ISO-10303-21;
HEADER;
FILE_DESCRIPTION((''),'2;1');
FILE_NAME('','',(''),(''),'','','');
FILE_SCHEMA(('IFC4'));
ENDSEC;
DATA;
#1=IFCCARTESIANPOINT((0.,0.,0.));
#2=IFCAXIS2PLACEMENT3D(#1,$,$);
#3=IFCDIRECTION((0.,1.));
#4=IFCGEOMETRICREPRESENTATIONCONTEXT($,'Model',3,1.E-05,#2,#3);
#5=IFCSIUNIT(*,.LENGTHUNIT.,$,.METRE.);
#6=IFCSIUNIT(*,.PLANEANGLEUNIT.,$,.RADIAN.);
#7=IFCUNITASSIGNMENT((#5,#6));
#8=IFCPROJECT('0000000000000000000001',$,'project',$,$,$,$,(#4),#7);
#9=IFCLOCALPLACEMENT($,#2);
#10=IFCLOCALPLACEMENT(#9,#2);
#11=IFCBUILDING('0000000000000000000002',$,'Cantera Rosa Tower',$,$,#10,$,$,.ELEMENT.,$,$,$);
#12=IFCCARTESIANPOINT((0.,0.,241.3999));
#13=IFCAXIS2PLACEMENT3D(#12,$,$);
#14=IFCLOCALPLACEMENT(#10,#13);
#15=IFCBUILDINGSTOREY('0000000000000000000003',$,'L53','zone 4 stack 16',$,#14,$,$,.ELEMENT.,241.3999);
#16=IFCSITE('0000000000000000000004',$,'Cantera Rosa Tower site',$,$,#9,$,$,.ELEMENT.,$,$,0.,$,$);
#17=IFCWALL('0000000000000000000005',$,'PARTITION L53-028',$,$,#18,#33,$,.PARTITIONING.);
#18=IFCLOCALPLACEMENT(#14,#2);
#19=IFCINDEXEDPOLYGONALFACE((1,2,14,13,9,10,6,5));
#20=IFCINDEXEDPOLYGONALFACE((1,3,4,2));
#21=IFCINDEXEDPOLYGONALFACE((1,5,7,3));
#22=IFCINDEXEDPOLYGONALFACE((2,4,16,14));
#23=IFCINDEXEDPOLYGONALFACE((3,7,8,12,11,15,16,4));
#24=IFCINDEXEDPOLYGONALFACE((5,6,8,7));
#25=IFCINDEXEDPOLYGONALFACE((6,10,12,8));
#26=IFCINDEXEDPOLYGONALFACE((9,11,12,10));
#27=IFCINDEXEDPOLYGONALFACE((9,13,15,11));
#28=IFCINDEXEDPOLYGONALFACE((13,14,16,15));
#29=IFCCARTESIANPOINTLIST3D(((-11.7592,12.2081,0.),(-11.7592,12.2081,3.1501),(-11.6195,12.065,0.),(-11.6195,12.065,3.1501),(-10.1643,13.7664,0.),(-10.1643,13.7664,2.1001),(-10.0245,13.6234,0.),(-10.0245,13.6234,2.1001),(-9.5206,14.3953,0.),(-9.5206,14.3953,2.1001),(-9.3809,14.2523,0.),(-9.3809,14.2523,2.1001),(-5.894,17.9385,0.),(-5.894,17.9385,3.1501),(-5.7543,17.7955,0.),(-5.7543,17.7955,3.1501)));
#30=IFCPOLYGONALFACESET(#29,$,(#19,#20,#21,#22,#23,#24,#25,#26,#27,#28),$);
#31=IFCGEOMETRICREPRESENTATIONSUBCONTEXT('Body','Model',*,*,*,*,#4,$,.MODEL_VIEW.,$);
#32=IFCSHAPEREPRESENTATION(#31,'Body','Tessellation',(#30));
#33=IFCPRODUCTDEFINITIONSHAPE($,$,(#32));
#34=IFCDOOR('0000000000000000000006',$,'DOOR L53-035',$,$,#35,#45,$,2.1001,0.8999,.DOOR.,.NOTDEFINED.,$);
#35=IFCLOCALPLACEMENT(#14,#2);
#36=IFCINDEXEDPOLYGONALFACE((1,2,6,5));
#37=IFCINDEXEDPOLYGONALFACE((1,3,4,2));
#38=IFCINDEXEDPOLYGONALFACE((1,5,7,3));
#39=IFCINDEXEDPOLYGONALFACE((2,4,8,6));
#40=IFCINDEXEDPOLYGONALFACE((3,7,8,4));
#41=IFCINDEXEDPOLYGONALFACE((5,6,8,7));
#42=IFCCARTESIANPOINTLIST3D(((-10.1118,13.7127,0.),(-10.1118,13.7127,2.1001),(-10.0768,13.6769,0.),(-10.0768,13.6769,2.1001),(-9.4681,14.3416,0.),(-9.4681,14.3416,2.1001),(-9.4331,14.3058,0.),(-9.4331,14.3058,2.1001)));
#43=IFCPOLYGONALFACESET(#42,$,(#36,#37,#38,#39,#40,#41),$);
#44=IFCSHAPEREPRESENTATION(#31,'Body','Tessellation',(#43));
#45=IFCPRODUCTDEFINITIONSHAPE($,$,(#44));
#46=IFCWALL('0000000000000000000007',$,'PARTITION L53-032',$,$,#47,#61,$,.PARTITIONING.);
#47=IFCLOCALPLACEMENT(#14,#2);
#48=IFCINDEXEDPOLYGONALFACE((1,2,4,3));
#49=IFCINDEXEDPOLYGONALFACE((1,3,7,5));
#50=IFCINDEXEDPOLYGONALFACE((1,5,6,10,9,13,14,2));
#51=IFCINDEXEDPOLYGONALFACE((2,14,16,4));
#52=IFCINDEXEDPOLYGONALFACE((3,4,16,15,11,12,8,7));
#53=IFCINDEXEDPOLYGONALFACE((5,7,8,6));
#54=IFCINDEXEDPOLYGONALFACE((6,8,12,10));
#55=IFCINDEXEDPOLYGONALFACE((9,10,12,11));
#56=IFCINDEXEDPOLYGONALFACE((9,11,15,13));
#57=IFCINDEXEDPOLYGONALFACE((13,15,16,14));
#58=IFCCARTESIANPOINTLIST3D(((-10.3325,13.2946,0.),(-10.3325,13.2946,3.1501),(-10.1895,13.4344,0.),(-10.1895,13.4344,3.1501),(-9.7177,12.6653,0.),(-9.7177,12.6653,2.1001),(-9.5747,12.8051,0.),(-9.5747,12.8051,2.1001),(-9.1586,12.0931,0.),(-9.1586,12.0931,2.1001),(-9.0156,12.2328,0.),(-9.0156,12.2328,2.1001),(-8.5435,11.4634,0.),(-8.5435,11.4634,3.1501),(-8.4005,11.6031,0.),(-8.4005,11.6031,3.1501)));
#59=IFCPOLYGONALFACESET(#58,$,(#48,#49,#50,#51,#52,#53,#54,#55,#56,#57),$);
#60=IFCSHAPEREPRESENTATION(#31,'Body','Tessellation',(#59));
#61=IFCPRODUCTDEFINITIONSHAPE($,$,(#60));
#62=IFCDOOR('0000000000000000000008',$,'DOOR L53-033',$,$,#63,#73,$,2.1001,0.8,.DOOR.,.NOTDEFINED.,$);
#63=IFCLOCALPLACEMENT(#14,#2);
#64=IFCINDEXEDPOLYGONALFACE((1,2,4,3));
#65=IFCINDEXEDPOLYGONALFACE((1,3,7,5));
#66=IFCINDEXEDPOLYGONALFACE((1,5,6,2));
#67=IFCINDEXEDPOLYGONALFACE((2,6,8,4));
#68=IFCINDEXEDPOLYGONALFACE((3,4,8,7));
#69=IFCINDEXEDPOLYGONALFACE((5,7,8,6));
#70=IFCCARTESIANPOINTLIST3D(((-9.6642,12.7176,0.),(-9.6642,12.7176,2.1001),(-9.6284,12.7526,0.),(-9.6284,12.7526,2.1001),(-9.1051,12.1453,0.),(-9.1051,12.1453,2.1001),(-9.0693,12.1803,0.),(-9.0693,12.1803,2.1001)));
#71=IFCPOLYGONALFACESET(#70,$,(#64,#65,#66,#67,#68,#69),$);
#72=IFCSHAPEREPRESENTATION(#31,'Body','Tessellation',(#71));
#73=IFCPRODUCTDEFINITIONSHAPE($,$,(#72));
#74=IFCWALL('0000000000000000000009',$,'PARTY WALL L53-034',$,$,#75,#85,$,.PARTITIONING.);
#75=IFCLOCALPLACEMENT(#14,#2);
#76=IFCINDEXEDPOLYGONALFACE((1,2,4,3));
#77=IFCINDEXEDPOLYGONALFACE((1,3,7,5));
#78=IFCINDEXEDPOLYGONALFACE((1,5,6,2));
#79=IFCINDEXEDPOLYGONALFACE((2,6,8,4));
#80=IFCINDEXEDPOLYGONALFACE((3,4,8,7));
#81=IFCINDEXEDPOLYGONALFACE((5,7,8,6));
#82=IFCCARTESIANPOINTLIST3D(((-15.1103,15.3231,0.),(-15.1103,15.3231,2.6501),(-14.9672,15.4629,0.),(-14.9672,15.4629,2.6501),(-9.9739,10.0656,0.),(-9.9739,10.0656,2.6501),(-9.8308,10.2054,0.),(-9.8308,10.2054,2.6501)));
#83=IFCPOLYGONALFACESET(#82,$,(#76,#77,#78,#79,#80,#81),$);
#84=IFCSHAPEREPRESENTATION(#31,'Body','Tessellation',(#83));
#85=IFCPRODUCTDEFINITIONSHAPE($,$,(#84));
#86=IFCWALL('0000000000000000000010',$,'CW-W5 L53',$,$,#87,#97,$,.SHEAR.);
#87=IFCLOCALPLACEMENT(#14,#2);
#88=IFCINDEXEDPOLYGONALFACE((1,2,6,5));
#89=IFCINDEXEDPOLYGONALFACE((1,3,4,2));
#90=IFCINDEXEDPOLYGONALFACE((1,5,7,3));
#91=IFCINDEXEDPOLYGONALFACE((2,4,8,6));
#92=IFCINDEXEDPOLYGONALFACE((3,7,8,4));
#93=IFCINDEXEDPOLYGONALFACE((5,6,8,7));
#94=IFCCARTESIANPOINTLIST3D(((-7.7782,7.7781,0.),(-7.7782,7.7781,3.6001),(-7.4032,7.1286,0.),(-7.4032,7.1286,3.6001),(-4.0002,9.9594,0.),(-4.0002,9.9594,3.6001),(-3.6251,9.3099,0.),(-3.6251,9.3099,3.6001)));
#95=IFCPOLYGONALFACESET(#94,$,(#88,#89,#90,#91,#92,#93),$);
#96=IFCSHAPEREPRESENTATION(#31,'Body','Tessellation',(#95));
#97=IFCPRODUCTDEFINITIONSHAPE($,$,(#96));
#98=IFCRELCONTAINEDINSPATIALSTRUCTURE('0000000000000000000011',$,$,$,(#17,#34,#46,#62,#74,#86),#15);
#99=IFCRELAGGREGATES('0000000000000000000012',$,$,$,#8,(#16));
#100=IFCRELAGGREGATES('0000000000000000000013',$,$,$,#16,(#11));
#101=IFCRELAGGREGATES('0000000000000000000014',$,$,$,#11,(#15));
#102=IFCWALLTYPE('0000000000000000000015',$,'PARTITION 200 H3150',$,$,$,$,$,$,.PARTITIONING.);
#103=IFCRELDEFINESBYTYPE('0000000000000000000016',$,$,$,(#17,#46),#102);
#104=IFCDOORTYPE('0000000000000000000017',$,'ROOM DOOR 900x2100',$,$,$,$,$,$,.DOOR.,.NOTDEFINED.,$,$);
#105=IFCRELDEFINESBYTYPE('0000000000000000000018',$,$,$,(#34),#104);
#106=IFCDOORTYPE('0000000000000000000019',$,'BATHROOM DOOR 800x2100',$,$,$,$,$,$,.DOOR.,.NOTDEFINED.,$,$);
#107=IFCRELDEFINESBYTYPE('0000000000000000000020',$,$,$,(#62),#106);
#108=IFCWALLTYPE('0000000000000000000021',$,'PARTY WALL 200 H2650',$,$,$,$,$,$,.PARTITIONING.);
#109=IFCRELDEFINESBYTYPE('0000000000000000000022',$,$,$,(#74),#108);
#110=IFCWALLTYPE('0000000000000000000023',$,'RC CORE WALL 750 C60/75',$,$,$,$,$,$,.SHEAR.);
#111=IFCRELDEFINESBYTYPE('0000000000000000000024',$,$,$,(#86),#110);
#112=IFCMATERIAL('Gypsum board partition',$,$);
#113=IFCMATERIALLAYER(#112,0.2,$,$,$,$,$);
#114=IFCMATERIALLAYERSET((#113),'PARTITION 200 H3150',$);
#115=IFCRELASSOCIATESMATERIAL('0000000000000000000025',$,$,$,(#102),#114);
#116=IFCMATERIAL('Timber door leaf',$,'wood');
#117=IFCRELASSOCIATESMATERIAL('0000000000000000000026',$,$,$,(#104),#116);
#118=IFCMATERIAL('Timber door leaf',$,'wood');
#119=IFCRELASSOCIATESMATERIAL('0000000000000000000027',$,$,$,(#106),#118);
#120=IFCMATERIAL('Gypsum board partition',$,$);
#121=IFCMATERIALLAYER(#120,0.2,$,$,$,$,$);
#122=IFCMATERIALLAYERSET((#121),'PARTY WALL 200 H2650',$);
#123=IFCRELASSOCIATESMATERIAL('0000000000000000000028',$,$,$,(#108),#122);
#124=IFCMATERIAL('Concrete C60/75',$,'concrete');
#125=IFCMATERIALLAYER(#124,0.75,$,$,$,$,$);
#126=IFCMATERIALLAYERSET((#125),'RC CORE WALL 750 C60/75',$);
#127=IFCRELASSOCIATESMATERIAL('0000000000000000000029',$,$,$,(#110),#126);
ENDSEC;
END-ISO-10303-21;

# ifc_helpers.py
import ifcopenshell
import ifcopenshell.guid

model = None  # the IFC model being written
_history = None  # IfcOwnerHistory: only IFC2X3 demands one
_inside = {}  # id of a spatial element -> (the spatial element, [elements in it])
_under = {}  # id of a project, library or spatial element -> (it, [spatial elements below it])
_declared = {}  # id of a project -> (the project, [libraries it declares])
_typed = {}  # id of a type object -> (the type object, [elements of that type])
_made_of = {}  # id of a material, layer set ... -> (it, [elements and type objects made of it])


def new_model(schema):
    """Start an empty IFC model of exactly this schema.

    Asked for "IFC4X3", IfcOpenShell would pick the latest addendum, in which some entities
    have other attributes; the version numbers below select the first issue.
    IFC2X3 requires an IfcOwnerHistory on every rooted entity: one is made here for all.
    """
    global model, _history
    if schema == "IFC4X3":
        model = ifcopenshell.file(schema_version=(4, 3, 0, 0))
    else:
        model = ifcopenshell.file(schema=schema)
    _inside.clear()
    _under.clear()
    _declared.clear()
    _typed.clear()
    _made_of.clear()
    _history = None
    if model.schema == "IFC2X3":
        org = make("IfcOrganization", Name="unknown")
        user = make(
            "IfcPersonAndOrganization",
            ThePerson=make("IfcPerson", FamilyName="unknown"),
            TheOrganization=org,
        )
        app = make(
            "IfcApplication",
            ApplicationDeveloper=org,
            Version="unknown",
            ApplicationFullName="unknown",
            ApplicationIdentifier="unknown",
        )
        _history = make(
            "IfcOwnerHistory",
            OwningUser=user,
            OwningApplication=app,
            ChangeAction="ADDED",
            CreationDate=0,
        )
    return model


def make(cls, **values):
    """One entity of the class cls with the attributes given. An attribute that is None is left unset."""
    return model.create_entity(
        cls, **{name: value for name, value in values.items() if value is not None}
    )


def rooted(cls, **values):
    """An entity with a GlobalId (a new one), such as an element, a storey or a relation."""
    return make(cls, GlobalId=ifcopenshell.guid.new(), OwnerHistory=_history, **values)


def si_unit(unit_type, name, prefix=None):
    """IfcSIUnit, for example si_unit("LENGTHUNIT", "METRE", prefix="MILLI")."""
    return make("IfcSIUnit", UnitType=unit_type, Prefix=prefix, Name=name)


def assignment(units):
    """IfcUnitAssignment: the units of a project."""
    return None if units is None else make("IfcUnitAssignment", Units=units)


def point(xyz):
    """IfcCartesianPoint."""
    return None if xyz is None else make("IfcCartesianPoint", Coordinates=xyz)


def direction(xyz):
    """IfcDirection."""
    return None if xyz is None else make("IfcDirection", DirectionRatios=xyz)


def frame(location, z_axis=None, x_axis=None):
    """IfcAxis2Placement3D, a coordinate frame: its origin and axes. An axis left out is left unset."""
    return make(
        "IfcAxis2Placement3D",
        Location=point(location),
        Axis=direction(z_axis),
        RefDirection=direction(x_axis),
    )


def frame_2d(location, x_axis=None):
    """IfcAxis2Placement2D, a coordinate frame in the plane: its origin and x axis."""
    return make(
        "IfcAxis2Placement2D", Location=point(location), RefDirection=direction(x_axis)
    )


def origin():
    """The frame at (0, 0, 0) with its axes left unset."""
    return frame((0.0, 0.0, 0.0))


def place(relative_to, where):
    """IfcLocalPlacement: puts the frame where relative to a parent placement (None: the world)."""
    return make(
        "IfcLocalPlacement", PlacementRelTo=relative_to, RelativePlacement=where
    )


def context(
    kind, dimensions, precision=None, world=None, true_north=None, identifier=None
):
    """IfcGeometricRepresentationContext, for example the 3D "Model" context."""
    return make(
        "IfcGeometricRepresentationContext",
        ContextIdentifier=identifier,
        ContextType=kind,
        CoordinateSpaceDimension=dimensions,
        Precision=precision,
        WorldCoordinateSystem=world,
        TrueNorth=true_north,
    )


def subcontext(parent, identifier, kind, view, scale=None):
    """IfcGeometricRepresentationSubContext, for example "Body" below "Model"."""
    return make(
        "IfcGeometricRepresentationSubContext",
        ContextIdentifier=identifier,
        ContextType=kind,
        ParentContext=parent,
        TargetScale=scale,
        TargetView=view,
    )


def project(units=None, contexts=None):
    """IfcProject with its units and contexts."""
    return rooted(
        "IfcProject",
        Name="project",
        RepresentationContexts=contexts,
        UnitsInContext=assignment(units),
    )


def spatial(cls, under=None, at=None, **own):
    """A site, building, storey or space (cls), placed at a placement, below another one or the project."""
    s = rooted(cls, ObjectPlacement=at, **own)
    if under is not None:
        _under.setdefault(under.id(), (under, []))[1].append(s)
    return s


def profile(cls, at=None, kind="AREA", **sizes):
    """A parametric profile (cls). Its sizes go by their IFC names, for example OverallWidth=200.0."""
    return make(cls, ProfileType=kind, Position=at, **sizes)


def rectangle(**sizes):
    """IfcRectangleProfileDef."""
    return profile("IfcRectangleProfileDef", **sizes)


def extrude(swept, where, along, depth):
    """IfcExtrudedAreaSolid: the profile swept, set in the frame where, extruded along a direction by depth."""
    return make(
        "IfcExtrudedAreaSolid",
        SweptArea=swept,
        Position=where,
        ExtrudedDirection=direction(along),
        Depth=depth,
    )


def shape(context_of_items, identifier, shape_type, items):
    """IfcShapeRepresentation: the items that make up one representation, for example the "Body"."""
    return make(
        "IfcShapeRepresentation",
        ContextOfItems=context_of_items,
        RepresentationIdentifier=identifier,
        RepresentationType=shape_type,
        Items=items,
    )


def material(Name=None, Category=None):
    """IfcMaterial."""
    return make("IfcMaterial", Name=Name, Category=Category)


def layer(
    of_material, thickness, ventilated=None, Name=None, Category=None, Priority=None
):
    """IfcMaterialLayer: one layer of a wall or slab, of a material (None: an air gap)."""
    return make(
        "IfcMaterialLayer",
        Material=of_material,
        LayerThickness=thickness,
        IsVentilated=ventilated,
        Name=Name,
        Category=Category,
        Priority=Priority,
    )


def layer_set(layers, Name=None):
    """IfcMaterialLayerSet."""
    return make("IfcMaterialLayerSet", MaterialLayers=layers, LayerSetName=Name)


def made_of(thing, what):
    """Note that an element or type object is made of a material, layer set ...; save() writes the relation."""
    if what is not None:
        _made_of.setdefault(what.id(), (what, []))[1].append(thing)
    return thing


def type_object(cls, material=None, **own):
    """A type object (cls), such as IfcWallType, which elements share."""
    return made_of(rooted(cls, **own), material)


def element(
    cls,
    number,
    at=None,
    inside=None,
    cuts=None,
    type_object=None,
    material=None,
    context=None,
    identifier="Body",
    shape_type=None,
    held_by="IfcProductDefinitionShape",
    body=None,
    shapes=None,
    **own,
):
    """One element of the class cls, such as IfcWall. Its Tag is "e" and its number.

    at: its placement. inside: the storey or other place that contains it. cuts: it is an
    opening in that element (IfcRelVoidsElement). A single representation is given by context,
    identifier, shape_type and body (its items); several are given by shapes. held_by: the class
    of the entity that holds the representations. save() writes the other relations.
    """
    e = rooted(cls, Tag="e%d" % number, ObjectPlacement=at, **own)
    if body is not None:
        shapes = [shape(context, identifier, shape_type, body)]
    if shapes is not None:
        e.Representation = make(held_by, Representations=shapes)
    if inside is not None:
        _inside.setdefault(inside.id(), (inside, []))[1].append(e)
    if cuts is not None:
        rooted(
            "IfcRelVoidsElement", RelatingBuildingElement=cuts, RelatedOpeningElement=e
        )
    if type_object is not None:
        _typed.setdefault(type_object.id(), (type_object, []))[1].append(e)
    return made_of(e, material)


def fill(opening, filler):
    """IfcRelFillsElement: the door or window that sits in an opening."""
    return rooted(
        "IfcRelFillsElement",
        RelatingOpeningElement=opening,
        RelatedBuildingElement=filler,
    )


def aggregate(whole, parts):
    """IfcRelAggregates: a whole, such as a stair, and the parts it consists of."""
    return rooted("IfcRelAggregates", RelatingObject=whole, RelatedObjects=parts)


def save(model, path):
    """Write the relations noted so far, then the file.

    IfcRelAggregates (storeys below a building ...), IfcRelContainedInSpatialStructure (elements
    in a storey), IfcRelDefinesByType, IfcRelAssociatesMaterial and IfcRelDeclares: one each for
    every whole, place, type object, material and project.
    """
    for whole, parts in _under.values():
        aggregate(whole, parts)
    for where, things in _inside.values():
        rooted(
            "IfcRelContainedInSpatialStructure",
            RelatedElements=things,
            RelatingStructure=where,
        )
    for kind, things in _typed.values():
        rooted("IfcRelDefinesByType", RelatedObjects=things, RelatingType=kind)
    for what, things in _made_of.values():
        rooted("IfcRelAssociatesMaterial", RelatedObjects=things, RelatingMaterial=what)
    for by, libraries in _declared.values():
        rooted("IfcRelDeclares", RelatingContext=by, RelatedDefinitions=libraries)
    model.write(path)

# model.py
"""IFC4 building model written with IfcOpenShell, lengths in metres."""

from ifc_helpers import new_model, si_unit, direction, frame, frame_2d, origin, place, context, subcontext, project, spatial, rectangle, extrude, material, layer, layer_set, type_object, element, fill, save


model = new_model("IFC4")

# Units and contexts
model_context = context("Model", 3, precision=1e-05, world=origin(), true_north=direction((0.0, 1.0)))
body_context = subcontext(model_context, "Body", "Model", "MODEL_VIEW")
ifc_project = project(units=[si_unit("LENGTHUNIT", "METRE"), si_unit("PLANEANGLEUNIT", "RADIAN")], contexts=[model_context])

# Site, building, storey
site_placement = place(None, origin())
site = spatial("IfcSite", under=ifc_project, at=site_placement, Name="Cantera Rosa Tower site", CompositionType="ELEMENT", RefElevation=0.0)
building_placement = place(site_placement, origin())
building = spatial("IfcBuilding", under=site, at=building_placement, Name="Cantera Rosa Tower", CompositionType="ELEMENT")
storey_placement = place(building_placement, frame((0.0, 0.0, 241.3999)))
storey = spatial("IfcBuildingStorey", under=building, at=storey_placement, Name="L53", Description="zone 4 stack 16", CompositionType="ELEMENT", Elevation=241.3999)

# Walls, openings, doors
ifc_material_1 = material(Name="Gypsum board partition")
ifc_layer_1 = layer(ifc_material_1, 0.2)
ifc_layer_set_1 = layer_set([ifc_layer_1], Name="PARTITION 200 H3150")
wall_type_1 = type_object("IfcWallType", Name="PARTITION 200 H3150", PredefinedType="PARTITIONING", material=ifc_layer_set_1)
wall_1_placement = place(storey_placement, frame((-11.6895, 12.1365, 0.0), z_axis=(0.0, 0.0, 1.0), x_axis=(0.715276, 0.698842, 0.0)))
wall_1 = element("IfcWall", 1, at=wall_1_placement, inside=storey, type_object=wall_type_1, Name="PARTITION L53-028", PredefinedType="PARTITIONING", context=body_context, shape_type="SweptSolid", body=[
    extrude(rectangle(XDim=8.2, YDim=0.2, at=frame_2d((4.1001, 0.0))), origin(), (0.0, 0.0, 1.0), 3.1501),
])
opening_1_placement = place(wall_1_placement, frame((2.23, 0.0, 0.0)))
opening_1 = element("IfcOpeningElement", 2, at=opening_1_placement, cuts=wall_1, PredefinedType="OPENING", context=body_context, shape_type="SweptSolid", body=[
    extrude(rectangle(XDim=0.8999, YDim=2.1001, at=frame_2d((0.45, 1.05))), frame((0.0, 0.1099, 0.0), z_axis=(0.0, -1.0, 0.0), x_axis=(1.0, 0.0, 0.0)), (0.0, 0.0, 1.0), 0.22),
])
ifc_material_2 = material(Name="Timber door leaf", Category="wood")
door_type_1 = type_object("IfcDoorType", Name="ROOM DOOR 900x2100", OperationType="NOTDEFINED", PredefinedType="DOOR", material=ifc_material_2)
door_1_placement = place(opening_1_placement, origin())
door_1 = element("IfcDoor", 3, at=door_1_placement, inside=storey, type_object=door_type_1, Name="DOOR L53-035", OperationType="NOTDEFINED", OverallHeight=2.1001, OverallWidth=0.8999, PredefinedType="DOOR", context=body_context, shape_type="SweptSolid", body=[
    extrude(rectangle(XDim=0.8999, YDim=2.1001, at=frame_2d((0.45, 1.05))), frame((0.0, 0.0249, 0.0), z_axis=(0.0, -1.0, 0.0), x_axis=(1.0, 0.0, 0.0)), (0.0, 0.0, 1.0), 0.05),
])
fill(opening_1, door_1)
wall_2_placement = place(storey_placement, frame((-10.261, 13.3645, 0.0), z_axis=(0.0, 0.0, 1.0), x_axis=(0.69881, -0.715307, 0.0)))
wall_2 = element("IfcWall", 4, at=wall_2_placement, inside=storey, type_object=wall_type_1, Name="PARTITION L53-032", PredefinedType="PARTITIONING", context=body_context, shape_type="SweptSolid", body=[
    extrude(rectangle(XDim=2.5601, YDim=0.2, at=frame_2d((1.28, 0.0))), origin(), (0.0, 0.0, 1.0), 3.1501),
])
opening_2_placement = place(wall_2_placement, frame((0.8799, 0.0, 0.0)))
opening_2 = element("IfcOpeningElement", 5, at=opening_2_placement, cuts=wall_2, PredefinedType="OPENING", context=body_context, shape_type="SweptSolid", body=[
    extrude(rectangle(XDim=0.8, YDim=2.1001, at=frame_2d((0.3999, 1.05))), frame((0.0, 0.1099, 0.0), z_axis=(0.0, -1.0, 0.0), x_axis=(1.0, 0.0, 0.0)), (0.0, 0.0, 1.0), 0.22),
])
ifc_material_3 = material(Name="Timber door leaf", Category="wood")
door_type_2 = type_object("IfcDoorType", Name="BATHROOM DOOR 800x2100", OperationType="NOTDEFINED", PredefinedType="DOOR", material=ifc_material_3)
door_2_placement = place(opening_2_placement, origin())
door_2 = element("IfcDoor", 6, at=door_2_placement, inside=storey, type_object=door_type_2, Name="DOOR L53-033", OperationType="NOTDEFINED", OverallHeight=2.1001, OverallWidth=0.8, PredefinedType="DOOR", context=body_context, shape_type="SweptSolid", body=[
    extrude(rectangle(XDim=0.8, YDim=2.1001, at=frame_2d((0.3999, 1.05))), frame((0.0, 0.0249, 0.0), z_axis=(0.0, -1.0, 0.0), x_axis=(1.0, 0.0, 0.0)), (0.0, 0.0, 1.0), 0.05),
])
fill(opening_2, door_2)

# Walls
ifc_material_4 = material(Name="Gypsum board partition")
ifc_layer_2 = layer(ifc_material_4, 0.2)
ifc_layer_set_2 = layer_set([ifc_layer_2], Name="PARTY WALL 200 H2650")
wall_type_2 = type_object("IfcWallType", Name="PARTY WALL 200 H2650", PredefinedType="PARTITIONING", material=ifc_layer_set_2)
wall_3_placement = place(storey_placement, frame((-9.9023, 10.1355, 0.0), z_axis=(0.0, 0.0, 1.0), x_axis=(-0.698821, 0.715296, 0.0)))
element("IfcWall", 7, at=wall_3_placement, inside=storey, type_object=wall_type_2, Name="PARTY WALL L53-034", PredefinedType="PARTITIONING", context=body_context, shape_type="SweptSolid", body=[
    extrude(rectangle(XDim=7.3501, YDim=0.2, at=frame_2d((3.675, 0.0))), origin(), (0.0, 0.0, 1.0), 2.6501),
])
ifc_material_5 = material(Name="Concrete C60/75", Category="concrete")
ifc_layer_3 = layer(ifc_material_5, 0.75)
ifc_layer_set_3 = layer_set([ifc_layer_3], Name="RC CORE WALL 750 C60/75")
wall_type_3 = type_object("IfcWallType", Name="RC CORE WALL 750 C60/75", PredefinedType="SHEAR", material=ifc_layer_set_3)
wall_4_placement = place(storey_placement, frame((-7.5906, 7.4534, 0.0), z_axis=(0.0, 0.0, 1.0), x_axis=(0.866013, 0.500021, 0.0)))
element("IfcWall", 8, at=wall_4_placement, inside=storey, type_object=wall_type_3, Name="CW-W5 L53", PredefinedType="SHEAR", context=body_context, shape_type="SweptSolid", body=[
    extrude(rectangle(XDim=4.3625, YDim=0.75, at=frame_2d((2.1812, 0.0))), origin(), (0.0, 0.0, 1.0), 3.6001),
])

save(model, "model.ifc")
